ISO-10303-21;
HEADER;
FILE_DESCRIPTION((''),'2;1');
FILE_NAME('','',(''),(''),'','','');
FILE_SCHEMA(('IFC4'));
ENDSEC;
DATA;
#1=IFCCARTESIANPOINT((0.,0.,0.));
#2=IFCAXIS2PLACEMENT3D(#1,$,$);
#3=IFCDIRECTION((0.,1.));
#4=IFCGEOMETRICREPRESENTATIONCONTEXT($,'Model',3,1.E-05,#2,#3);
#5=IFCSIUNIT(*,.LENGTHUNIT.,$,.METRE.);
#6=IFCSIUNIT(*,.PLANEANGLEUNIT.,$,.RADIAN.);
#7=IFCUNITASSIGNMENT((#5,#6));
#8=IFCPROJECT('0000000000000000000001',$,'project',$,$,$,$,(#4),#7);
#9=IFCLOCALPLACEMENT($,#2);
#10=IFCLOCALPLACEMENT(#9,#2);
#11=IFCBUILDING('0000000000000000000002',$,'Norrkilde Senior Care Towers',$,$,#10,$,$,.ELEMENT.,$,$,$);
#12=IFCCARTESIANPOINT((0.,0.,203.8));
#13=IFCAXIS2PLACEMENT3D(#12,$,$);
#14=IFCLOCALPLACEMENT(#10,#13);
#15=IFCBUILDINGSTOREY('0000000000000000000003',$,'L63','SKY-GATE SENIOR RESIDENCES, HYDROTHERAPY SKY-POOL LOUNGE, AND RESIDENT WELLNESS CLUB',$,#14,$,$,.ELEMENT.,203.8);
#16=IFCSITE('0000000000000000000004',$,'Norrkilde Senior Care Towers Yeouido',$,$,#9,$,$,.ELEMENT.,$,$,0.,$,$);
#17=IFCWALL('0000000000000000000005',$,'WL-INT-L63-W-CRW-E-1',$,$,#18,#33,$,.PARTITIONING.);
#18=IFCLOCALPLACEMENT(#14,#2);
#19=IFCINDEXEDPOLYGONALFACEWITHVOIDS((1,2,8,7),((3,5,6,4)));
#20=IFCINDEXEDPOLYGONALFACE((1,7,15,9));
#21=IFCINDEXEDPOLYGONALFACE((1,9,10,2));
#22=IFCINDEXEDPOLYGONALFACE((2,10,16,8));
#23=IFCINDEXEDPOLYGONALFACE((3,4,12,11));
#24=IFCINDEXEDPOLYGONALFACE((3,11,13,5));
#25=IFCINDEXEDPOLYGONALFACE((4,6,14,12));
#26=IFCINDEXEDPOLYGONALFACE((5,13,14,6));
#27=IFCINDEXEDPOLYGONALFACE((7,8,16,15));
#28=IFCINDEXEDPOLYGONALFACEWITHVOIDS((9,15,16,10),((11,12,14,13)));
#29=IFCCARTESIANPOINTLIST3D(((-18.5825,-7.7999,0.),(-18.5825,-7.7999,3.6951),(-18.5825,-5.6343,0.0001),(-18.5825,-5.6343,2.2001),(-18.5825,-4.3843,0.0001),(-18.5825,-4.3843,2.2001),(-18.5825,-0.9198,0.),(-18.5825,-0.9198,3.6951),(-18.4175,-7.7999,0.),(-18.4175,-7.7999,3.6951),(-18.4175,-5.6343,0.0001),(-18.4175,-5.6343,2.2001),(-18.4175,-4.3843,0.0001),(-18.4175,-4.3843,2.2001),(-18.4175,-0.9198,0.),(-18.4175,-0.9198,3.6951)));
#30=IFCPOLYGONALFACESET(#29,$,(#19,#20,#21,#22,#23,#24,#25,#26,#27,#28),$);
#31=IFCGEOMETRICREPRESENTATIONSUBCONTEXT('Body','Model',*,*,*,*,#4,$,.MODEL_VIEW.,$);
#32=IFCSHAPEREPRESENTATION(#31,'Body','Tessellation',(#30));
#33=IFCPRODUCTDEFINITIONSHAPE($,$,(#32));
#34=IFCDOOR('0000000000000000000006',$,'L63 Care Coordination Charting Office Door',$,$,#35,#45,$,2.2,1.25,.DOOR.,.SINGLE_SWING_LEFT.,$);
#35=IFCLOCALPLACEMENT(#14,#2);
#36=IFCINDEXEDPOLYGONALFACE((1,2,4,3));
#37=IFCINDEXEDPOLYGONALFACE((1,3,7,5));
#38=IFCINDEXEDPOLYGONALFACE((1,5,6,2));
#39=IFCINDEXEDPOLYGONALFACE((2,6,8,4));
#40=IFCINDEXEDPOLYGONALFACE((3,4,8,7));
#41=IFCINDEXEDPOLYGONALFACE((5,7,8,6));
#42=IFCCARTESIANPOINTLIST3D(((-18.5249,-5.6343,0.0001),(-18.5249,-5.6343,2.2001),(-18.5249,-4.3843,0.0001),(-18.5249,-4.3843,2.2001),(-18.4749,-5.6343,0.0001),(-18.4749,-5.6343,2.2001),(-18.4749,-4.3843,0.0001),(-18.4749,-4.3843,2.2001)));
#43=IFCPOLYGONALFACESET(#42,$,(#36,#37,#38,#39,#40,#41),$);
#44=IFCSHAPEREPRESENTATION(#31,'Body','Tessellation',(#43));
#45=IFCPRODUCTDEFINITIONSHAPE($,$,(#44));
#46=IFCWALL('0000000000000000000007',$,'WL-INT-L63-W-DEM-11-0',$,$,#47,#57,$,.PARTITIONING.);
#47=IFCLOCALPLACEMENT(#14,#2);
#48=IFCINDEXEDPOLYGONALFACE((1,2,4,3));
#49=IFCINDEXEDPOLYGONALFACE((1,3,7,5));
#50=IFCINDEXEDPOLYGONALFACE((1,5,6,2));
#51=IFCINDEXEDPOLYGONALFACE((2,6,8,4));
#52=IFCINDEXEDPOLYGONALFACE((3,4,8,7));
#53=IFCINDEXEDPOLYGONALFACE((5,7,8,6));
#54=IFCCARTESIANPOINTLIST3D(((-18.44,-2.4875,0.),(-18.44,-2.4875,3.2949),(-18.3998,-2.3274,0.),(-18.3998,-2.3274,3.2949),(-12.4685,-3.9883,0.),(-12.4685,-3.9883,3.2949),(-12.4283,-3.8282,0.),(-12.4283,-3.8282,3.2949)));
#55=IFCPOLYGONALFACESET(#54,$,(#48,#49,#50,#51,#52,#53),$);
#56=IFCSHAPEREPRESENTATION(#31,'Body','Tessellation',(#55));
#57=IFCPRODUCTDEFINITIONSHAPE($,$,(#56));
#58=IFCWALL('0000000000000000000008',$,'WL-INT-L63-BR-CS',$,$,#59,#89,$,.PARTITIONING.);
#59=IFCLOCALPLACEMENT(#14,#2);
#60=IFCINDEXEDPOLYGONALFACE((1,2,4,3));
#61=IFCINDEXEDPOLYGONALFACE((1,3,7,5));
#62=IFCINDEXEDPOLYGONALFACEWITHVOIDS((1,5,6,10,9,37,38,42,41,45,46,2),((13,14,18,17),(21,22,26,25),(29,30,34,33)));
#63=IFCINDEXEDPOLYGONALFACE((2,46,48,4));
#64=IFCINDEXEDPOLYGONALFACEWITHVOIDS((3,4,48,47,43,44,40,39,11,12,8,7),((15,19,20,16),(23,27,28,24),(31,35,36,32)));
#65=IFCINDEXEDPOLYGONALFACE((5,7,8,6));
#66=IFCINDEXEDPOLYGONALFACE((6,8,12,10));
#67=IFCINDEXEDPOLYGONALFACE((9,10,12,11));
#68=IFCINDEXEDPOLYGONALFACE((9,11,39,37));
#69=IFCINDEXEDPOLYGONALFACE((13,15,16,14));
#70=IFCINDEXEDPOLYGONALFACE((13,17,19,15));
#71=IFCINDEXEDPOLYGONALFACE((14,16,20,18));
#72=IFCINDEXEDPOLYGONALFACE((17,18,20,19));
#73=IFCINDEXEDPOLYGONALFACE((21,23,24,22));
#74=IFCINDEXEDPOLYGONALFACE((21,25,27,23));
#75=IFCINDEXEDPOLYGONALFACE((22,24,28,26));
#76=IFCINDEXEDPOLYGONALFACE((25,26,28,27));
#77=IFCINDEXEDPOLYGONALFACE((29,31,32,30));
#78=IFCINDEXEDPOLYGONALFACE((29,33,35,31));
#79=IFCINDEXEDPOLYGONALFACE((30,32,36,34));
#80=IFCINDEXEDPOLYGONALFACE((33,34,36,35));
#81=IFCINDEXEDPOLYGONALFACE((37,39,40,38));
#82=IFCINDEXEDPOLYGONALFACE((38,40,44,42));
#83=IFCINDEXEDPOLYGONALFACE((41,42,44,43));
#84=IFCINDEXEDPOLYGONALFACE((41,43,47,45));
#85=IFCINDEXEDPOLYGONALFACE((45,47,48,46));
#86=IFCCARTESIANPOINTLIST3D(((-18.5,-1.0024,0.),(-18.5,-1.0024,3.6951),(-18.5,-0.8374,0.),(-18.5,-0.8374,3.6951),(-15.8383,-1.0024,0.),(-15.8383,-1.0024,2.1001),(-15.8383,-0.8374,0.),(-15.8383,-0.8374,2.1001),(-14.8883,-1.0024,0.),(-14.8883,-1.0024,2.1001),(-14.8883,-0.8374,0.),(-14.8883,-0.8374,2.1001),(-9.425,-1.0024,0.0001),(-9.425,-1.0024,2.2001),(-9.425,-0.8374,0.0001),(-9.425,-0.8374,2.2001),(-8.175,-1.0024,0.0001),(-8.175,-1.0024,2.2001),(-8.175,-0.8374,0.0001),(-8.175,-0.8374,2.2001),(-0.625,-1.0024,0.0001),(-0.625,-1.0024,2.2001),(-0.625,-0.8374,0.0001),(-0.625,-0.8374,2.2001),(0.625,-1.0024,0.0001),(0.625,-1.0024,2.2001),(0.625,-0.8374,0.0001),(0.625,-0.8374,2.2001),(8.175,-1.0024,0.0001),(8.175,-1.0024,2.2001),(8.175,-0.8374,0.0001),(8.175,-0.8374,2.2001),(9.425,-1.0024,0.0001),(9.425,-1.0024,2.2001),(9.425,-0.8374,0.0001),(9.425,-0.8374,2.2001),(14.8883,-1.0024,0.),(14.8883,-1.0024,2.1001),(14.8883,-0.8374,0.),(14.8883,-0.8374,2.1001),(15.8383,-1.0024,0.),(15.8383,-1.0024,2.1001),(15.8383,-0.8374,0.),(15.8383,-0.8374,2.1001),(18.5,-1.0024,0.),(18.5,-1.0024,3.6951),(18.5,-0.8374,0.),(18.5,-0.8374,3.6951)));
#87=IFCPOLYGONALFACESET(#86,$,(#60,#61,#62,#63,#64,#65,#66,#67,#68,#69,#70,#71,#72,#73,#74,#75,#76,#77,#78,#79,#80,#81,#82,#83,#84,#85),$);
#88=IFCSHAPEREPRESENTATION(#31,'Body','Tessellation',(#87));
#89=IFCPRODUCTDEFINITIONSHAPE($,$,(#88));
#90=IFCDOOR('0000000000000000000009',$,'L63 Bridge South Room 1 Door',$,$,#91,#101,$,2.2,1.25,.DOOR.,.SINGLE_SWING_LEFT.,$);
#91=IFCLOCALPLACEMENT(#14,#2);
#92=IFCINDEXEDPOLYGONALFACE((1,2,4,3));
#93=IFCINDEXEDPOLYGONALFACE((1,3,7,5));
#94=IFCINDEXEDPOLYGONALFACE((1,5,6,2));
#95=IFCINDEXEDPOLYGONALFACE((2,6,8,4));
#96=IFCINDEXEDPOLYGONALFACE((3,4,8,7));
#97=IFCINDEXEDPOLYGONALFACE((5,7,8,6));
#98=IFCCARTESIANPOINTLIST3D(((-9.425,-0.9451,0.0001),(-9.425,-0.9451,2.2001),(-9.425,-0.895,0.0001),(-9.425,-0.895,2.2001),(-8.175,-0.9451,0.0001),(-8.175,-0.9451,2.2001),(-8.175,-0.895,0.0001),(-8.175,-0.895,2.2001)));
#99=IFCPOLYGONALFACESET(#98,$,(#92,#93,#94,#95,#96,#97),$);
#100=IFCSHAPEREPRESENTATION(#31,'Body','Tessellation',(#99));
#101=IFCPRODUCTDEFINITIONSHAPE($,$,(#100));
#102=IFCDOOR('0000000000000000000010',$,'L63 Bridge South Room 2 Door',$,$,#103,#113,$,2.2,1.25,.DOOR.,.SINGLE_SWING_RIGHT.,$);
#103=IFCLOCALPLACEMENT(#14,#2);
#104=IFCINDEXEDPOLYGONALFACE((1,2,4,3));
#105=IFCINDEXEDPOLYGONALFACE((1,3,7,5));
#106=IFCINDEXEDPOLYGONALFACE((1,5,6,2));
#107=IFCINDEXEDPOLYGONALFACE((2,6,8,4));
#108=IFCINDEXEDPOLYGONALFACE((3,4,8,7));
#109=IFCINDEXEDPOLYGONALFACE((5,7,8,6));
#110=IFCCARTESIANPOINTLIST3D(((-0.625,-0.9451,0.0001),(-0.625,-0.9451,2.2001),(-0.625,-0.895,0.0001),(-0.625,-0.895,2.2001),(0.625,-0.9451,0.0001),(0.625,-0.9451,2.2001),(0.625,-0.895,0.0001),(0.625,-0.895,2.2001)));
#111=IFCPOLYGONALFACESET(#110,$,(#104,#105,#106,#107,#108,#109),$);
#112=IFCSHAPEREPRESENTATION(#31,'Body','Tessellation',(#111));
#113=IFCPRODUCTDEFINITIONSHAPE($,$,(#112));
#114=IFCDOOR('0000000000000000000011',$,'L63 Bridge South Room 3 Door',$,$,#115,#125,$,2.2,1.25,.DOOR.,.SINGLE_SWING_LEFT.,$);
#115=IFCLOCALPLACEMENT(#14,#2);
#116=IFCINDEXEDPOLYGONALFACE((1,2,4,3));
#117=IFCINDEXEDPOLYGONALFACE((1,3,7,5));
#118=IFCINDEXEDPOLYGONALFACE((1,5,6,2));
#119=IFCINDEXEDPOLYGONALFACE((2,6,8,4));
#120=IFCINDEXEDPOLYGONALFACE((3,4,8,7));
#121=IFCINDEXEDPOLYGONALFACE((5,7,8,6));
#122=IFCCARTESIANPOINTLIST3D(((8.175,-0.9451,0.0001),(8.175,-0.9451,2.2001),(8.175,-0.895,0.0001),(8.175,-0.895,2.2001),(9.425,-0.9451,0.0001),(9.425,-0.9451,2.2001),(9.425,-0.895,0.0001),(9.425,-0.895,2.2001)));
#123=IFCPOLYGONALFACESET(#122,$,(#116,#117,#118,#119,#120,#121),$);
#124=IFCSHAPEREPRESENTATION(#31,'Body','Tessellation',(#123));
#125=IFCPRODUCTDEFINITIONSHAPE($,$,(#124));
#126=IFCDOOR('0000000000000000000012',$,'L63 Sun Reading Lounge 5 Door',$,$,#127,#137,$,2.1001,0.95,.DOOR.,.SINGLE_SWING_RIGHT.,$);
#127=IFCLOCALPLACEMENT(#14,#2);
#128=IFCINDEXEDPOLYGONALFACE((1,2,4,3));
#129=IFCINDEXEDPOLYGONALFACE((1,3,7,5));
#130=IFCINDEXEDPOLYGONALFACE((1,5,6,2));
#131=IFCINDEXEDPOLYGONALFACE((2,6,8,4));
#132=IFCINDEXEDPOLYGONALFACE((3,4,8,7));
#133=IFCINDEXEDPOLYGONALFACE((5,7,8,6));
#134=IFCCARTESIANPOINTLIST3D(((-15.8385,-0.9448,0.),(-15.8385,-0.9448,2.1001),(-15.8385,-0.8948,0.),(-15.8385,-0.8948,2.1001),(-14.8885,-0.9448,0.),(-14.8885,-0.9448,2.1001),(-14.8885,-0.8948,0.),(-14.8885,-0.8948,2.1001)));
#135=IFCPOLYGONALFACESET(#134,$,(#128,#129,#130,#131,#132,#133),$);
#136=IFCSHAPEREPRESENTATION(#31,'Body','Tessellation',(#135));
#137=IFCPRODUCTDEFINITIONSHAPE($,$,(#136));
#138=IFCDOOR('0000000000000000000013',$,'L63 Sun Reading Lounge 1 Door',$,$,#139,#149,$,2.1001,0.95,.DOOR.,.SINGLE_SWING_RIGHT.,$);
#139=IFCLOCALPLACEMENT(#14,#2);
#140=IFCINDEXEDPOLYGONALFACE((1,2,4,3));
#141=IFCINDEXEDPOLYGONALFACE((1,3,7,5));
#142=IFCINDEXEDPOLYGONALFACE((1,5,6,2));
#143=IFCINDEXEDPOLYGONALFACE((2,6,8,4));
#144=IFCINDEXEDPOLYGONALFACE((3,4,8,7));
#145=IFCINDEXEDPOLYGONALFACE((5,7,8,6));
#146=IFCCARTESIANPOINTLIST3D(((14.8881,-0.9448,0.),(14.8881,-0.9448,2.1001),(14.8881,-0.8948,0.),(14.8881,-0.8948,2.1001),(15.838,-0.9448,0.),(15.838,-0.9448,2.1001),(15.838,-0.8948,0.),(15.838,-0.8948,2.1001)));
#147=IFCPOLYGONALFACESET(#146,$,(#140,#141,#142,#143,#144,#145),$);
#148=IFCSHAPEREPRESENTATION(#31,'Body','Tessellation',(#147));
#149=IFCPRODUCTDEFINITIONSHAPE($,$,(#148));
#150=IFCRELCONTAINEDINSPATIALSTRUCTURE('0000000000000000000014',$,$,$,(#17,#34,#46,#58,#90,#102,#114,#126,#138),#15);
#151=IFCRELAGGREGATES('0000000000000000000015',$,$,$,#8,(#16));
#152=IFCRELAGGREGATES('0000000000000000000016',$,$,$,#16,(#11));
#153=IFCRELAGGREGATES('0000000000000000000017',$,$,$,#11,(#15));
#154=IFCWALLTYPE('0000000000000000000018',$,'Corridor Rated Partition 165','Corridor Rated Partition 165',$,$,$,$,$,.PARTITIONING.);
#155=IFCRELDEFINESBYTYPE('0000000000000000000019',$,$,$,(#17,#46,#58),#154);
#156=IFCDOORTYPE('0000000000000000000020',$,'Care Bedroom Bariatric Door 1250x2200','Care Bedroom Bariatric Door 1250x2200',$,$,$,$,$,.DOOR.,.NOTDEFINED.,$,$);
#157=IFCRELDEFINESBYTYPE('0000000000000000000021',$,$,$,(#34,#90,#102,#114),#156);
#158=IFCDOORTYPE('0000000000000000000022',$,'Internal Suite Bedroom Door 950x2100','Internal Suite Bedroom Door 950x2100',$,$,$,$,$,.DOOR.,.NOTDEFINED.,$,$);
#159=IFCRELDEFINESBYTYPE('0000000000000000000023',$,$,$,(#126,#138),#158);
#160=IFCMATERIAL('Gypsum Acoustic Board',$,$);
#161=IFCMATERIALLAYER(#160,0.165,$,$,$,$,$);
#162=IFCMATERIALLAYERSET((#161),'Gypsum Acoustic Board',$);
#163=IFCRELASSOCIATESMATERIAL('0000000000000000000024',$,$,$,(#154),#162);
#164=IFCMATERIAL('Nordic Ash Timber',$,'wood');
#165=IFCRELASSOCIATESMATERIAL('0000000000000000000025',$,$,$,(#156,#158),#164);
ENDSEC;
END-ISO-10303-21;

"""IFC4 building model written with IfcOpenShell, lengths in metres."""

from ifc_helpers import new_model, si_unit, direction, frame, frame_2d, origin, place, context, subcontext, project, spatial, rectangle, extrude, source, transform, mapped, material, layer, layer_set, type_object, type_shapes, element, fill, save


model = new_model("IFC4")

# Units and contexts
model_context = context("Model", 3, precision=1e-05, world=origin(), true_north=direction((0.0, 1.0)))
body_context = subcontext(model_context, "Body", "Model", "MODEL_VIEW")
ifc_project = project(units=[si_unit("LENGTHUNIT", "METRE"), si_unit("PLANEANGLEUNIT", "RADIAN")], contexts=[model_context])

# Site, building, storey
site_placement = place(None, origin())
site = spatial("IfcSite", under=ifc_project, at=site_placement, Name="Norrkilde Senior Care Towers Yeouido", CompositionType="ELEMENT", RefElevation=0.0)
building_placement = place(site_placement, origin())
building = spatial("IfcBuilding", under=site, at=building_placement, Name="Norrkilde Senior Care Towers", CompositionType="ELEMENT")
storey_placement = place(building_placement, frame((0.0, 0.0, 203.8)))
storey = spatial("IfcBuildingStorey", under=building, at=storey_placement, Name="L63", Description="SKY-GATE SENIOR RESIDENCES, HYDROTHERAPY SKY-POOL LOUNGE, AND RESIDENT WELLNESS CLUB", CompositionType="ELEMENT", Elevation=203.8)

# Shared definitions
ifc_material_1 = material(Name="Gypsum Acoustic Board")
ifc_layer_1 = layer(ifc_material_1, 0.165)
ifc_layer_set_1 = layer_set([ifc_layer_1], Name="Gypsum Acoustic Board")
wall_type_1 = type_object("IfcWallType", Name="Corridor Rated Partition 165", Description="Corridor Rated Partition 165", PredefinedType="PARTITIONING", material=ifc_layer_set_1)

# Shared definitions
ifc_material_2 = material(Name="Nordic Ash Timber", Category="wood")
door_type_1 = type_object("IfcDoorType", Name="Care Bedroom Bariatric Door 1250x2200", Description="Care Bedroom Bariatric Door 1250x2200", OperationType="NOTDEFINED", PredefinedType="DOOR", material=ifc_material_2)
shared_shape_1 = source(origin(), body_context, "Body", "SweptSolid", [
    extrude(rectangle(XDim=1.25, YDim=2.2, at=frame_2d((0.625, 1.1001))), frame((0.0, 0.0249, 0.0), z_axis=(0.0, -1.0, 0.0), x_axis=(1.0, 0.0, 0.0)), (0.0, 0.0, 1.0), 0.05),
])
type_shapes(door_type_1, [shared_shape_1])

# Wall, opening, door
shared_shape_2 = source(origin(), body_context, "Body", "SweptSolid", [
    extrude(rectangle(XDim=6.8801, YDim=0.165, at=frame_2d((3.4399, 0.0))), origin(), (0.0, 0.0, 1.0), 3.6951),
])
wall_1_placement = place(storey_placement, frame((-18.5, -0.9199, 0.0), z_axis=(0.0, 0.0, 1.0), x_axis=(0.0, -1.0, 0.0)))
wall_1 = element("IfcWall", 1, at=wall_1_placement, inside=storey, type_object=wall_type_1, Name="WL-INT-L63-W-CRW-E-1", PredefinedType="PARTITIONING", context=body_context, shape_type="MappedRepresentation", body=[
    mapped(shared_shape_2, transform((0.0, 0.0, 0.0), x_axis=(1.0, 0.0, 0.0), y_axis=(0.0, 1.0, 0.0), z_axis=(0.0, 0.0, 1.0), scale=1.0)),
])
opening_1_placement = place(wall_1_placement, frame((3.4644, 0.0, 0.0)))
opening_1 = element("IfcOpeningElement", 2, at=opening_1_placement, cuts=wall_1, PredefinedType="OPENING", context=body_context, shape_type="SweptSolid", body=[
    extrude(rectangle(XDim=1.25, YDim=2.2, at=frame_2d((0.625, 1.1001))), frame((0.0, 0.0925, 0.0), z_axis=(0.0, -1.0, 0.0), x_axis=(1.0, 0.0, 0.0)), (0.0, 0.0, 1.0), 0.1851),
])
door_1_placement = place(opening_1_placement, frame((1.25, 0.0, 0.0), z_axis=(0.0, 0.0, 1.0), x_axis=(-1.0, 0.0, 0.0)))
door_1 = element("IfcDoor", 3, at=door_1_placement, inside=storey, type_object=door_type_1, Name="L63 Care Coordination Charting Office Door", OperationType="SINGLE_SWING_LEFT", OverallHeight=2.2, OverallWidth=1.25, PredefinedType="DOOR", context=body_context, shape_type="MappedRepresentation", body=[
    mapped(shared_shape_1, transform((0.0, 0.0, 0.0), x_axis=(1.0, 0.0, 0.0), y_axis=(0.0, 1.0, 0.0), z_axis=(0.0, 0.0, 1.0), scale=1.0)),
])
fill(opening_1, door_1)

# Wall
shared_shape_3 = source(origin(), body_context, "Body", "SweptSolid", [
    extrude(rectangle(XDim=6.1572, YDim=0.165, at=frame_2d((3.0786, 0.0))), origin(), (0.0, 0.0, 1.0), 3.2949),
])
wall_2_placement = place(storey_placement, frame((-18.4199, -2.4075, 0.0), z_axis=(0.0, 0.0, 1.0), x_axis=(0.969841, -0.243739, 0.0)))
element("IfcWall", 4, at=wall_2_placement, inside=storey, type_object=wall_type_1, Name="WL-INT-L63-W-DEM-11-0", PredefinedType="PARTITIONING", context=body_context, shape_type="MappedRepresentation", body=[
    mapped(shared_shape_3, transform((0.0, 0.0, 0.0), x_axis=(1.0, 0.0, 0.0), y_axis=(0.0, 1.0, 0.0), z_axis=(0.0, 0.0, 1.0), scale=1.0)),
])

# Wall, openings, doors
shared_shape_4 = source(origin(), body_context, "Body", "SweptSolid", [
    extrude(rectangle(XDim=37.0, YDim=0.165, at=frame_2d((18.5, 0.0))), origin(), (0.0, 0.0, 1.0), 3.6951),
])
wall_3_placement = place(storey_placement, frame((-18.5, -0.9199, 0.0), z_axis=(0.0, 0.0, 1.0), x_axis=(1.0, 0.0, 0.0)))
wall_3 = element("IfcWall", 5, at=wall_3_placement, inside=storey, type_object=wall_type_1, Name="WL-INT-L63-BR-CS", PredefinedType="PARTITIONING", context=body_context, shape_type="MappedRepresentation", body=[
    mapped(shared_shape_4, transform((0.0, 0.0, 0.0), x_axis=(1.0, 0.0, 0.0), y_axis=(0.0, 1.0, 0.0), z_axis=(0.0, 0.0, 1.0), scale=1.0)),
])
opening_2_placement = place(wall_3_placement, frame((2.6616, 0.0, 0.0)))
opening_2 = element("IfcOpeningElement", 6, at=opening_2_placement, cuts=wall_3, PredefinedType="OPENING", context=body_context, shape_type="SweptSolid", body=[
    extrude(rectangle(XDim=0.95, YDim=2.1001, at=frame_2d((0.4751, 1.05))), frame((0.0, 0.0925, 0.0), z_axis=(0.0, -1.0, 0.0), x_axis=(1.0, 0.0, 0.0)), (0.0, 0.0, 1.0), 0.1851),
])
opening_3_placement = place(wall_3_placement, frame((33.3882, 0.0, 0.0)))
opening_3 = element("IfcOpeningElement", 7, at=opening_3_placement, cuts=wall_3, PredefinedType="OPENING", context=body_context, shape_type="SweptSolid", body=[
    extrude(rectangle(XDim=0.95, YDim=2.1001, at=frame_2d((0.4751, 1.05))), frame((0.0, 0.0925, 0.0), z_axis=(0.0, -1.0, 0.0), x_axis=(1.0, 0.0, 0.0)), (0.0, 0.0, 1.0), 0.1851),
])
opening_4_placement = place(wall_3_placement, frame((9.075, 0.0, 0.0)))
opening_4 = element("IfcOpeningElement", 8, at=opening_4_placement, cuts=wall_3, PredefinedType="OPENING", context=body_context, shape_type="SweptSolid", body=[
    extrude(rectangle(XDim=1.25, YDim=2.2, at=frame_2d((0.625, 1.1001))), frame((0.0, 0.0925, 0.0), z_axis=(0.0, -1.0, 0.0), x_axis=(1.0, 0.0, 0.0)), (0.0, 0.0, 1.0), 0.1851),
])
opening_5_placement = place(wall_3_placement, frame((17.875, 0.0, 0.0)))
opening_5 = element("IfcOpeningElement", 9, at=opening_5_placement, cuts=wall_3, PredefinedType="OPENING", context=body_context, shape_type="SweptSolid", body=[
    extrude(rectangle(XDim=1.25, YDim=2.2, at=frame_2d((0.625, 1.1001))), frame((0.0, 0.0925, 0.0), z_axis=(0.0, -1.0, 0.0), x_axis=(1.0, 0.0, 0.0)), (0.0, 0.0, 1.0), 0.1851),
])
opening_6_placement = place(wall_3_placement, frame((26.675, 0.0, 0.0)))
opening_6 = element("IfcOpeningElement", 10, at=opening_6_placement, cuts=wall_3, PredefinedType="OPENING", context=body_context, shape_type="SweptSolid", body=[
    extrude(rectangle(XDim=1.25, YDim=2.2, at=frame_2d((0.625, 1.1001))), frame((0.0, 0.0925, 0.0), z_axis=(0.0, -1.0, 0.0), x_axis=(1.0, 0.0, 0.0)), (0.0, 0.0, 1.0), 0.1851),
])
door_2_placement = place(opening_4_placement, origin())
door_2 = element("IfcDoor", 11, at=door_2_placement, inside=storey, type_object=door_type_1, Name="L63 Bridge South Room 1 Door", OperationType="SINGLE_SWING_LEFT", OverallHeight=2.2, OverallWidth=1.25, PredefinedType="DOOR", context=body_context, shape_type="MappedRepresentation", body=[
    mapped(shared_shape_1, transform((0.0, 0.0, 0.0), x_axis=(1.0, 0.0, 0.0), y_axis=(0.0, 1.0, 0.0), z_axis=(0.0, 0.0, 1.0), scale=1.0)),
])
fill(opening_4, door_2)
door_3_placement = place(opening_5_placement, origin())
door_3 = element("IfcDoor", 12, at=door_3_placement, inside=storey, type_object=door_type_1, Name="L63 Bridge South Room 2 Door", OperationType="SINGLE_SWING_RIGHT", OverallHeight=2.2, OverallWidth=1.25, PredefinedType="DOOR", context=body_context, shape_type="MappedRepresentation", body=[
    mapped(shared_shape_1, transform((0.0, 0.0, 0.0), x_axis=(1.0, 0.0, 0.0), y_axis=(0.0, 1.0, 0.0), z_axis=(0.0, 0.0, 1.0), scale=1.0)),
])
fill(opening_5, door_3)
door_4_placement = place(opening_6_placement, origin())
door_4 = element("IfcDoor", 13, at=door_4_placement, inside=storey, type_object=door_type_1, Name="L63 Bridge South Room 3 Door", OperationType="SINGLE_SWING_LEFT", OverallHeight=2.2, OverallWidth=1.25, PredefinedType="DOOR", context=body_context, shape_type="MappedRepresentation", body=[
    mapped(shared_shape_1, transform((0.0, 0.0, 0.0), x_axis=(1.0, 0.0, 0.0), y_axis=(0.0, 1.0, 0.0), z_axis=(0.0, 0.0, 1.0), scale=1.0)),
])
fill(opening_6, door_4)
door_type_2 = type_object("IfcDoorType", Name="Internal Suite Bedroom Door 950x2100", Description="Internal Suite Bedroom Door 950x2100", OperationType="NOTDEFINED", PredefinedType="DOOR", material=ifc_material_2)
shared_shape_5 = source(origin(), body_context, "Body", "SweptSolid", [
    extrude(rectangle(XDim=0.95, YDim=2.1001, at=frame_2d((0.4751, 1.05))), frame((0.0, 0.0249, 0.0), z_axis=(0.0, -1.0, 0.0), x_axis=(1.0, 0.0, 0.0)), (0.0, 0.0, 1.0), 0.05),
])
type_shapes(door_type_2, [shared_shape_5])
door_5_placement = place(opening_2_placement, frame((0.95, 0.0, 0.0), z_axis=(0.0, 0.0, 1.0), x_axis=(-1.0, 0.0, 0.0)))
door_5 = element("IfcDoor", 14, at=door_5_placement, inside=storey, type_object=door_type_2, Name="L63 Sun Reading Lounge 5 Door", OperationType="SINGLE_SWING_RIGHT", OverallHeight=2.1001, OverallWidth=0.95, PredefinedType="DOOR", context=body_context, shape_type="MappedRepresentation", body=[
    mapped(shared_shape_5, transform((0.0, 0.0, 0.0), x_axis=(1.0, 0.0, 0.0), y_axis=(0.0, 1.0, 0.0), z_axis=(0.0, 0.0, 1.0), scale=1.0)),
])
fill(opening_2, door_5)
door_6_placement = place(opening_3_placement, frame((0.95, 0.0, 0.0), z_axis=(0.0, 0.0, 1.0), x_axis=(-1.0, 0.0, 0.0)))
door_6 = element("IfcDoor", 15, at=door_6_placement, inside=storey, type_object=door_type_2, Name="L63 Sun Reading Lounge 1 Door", OperationType="SINGLE_SWING_RIGHT", OverallHeight=2.1001, OverallWidth=0.95, PredefinedType="DOOR", context=body_context, shape_type="MappedRepresentation", body=[
    mapped(shared_shape_5, transform((0.0, 0.0, 0.0), x_axis=(1.0, 0.0, 0.0), y_axis=(0.0, 1.0, 0.0), z_axis=(0.0, 0.0, 1.0), scale=1.0)),
])
fill(opening_3, door_6)

save(model, "model.ifc")
